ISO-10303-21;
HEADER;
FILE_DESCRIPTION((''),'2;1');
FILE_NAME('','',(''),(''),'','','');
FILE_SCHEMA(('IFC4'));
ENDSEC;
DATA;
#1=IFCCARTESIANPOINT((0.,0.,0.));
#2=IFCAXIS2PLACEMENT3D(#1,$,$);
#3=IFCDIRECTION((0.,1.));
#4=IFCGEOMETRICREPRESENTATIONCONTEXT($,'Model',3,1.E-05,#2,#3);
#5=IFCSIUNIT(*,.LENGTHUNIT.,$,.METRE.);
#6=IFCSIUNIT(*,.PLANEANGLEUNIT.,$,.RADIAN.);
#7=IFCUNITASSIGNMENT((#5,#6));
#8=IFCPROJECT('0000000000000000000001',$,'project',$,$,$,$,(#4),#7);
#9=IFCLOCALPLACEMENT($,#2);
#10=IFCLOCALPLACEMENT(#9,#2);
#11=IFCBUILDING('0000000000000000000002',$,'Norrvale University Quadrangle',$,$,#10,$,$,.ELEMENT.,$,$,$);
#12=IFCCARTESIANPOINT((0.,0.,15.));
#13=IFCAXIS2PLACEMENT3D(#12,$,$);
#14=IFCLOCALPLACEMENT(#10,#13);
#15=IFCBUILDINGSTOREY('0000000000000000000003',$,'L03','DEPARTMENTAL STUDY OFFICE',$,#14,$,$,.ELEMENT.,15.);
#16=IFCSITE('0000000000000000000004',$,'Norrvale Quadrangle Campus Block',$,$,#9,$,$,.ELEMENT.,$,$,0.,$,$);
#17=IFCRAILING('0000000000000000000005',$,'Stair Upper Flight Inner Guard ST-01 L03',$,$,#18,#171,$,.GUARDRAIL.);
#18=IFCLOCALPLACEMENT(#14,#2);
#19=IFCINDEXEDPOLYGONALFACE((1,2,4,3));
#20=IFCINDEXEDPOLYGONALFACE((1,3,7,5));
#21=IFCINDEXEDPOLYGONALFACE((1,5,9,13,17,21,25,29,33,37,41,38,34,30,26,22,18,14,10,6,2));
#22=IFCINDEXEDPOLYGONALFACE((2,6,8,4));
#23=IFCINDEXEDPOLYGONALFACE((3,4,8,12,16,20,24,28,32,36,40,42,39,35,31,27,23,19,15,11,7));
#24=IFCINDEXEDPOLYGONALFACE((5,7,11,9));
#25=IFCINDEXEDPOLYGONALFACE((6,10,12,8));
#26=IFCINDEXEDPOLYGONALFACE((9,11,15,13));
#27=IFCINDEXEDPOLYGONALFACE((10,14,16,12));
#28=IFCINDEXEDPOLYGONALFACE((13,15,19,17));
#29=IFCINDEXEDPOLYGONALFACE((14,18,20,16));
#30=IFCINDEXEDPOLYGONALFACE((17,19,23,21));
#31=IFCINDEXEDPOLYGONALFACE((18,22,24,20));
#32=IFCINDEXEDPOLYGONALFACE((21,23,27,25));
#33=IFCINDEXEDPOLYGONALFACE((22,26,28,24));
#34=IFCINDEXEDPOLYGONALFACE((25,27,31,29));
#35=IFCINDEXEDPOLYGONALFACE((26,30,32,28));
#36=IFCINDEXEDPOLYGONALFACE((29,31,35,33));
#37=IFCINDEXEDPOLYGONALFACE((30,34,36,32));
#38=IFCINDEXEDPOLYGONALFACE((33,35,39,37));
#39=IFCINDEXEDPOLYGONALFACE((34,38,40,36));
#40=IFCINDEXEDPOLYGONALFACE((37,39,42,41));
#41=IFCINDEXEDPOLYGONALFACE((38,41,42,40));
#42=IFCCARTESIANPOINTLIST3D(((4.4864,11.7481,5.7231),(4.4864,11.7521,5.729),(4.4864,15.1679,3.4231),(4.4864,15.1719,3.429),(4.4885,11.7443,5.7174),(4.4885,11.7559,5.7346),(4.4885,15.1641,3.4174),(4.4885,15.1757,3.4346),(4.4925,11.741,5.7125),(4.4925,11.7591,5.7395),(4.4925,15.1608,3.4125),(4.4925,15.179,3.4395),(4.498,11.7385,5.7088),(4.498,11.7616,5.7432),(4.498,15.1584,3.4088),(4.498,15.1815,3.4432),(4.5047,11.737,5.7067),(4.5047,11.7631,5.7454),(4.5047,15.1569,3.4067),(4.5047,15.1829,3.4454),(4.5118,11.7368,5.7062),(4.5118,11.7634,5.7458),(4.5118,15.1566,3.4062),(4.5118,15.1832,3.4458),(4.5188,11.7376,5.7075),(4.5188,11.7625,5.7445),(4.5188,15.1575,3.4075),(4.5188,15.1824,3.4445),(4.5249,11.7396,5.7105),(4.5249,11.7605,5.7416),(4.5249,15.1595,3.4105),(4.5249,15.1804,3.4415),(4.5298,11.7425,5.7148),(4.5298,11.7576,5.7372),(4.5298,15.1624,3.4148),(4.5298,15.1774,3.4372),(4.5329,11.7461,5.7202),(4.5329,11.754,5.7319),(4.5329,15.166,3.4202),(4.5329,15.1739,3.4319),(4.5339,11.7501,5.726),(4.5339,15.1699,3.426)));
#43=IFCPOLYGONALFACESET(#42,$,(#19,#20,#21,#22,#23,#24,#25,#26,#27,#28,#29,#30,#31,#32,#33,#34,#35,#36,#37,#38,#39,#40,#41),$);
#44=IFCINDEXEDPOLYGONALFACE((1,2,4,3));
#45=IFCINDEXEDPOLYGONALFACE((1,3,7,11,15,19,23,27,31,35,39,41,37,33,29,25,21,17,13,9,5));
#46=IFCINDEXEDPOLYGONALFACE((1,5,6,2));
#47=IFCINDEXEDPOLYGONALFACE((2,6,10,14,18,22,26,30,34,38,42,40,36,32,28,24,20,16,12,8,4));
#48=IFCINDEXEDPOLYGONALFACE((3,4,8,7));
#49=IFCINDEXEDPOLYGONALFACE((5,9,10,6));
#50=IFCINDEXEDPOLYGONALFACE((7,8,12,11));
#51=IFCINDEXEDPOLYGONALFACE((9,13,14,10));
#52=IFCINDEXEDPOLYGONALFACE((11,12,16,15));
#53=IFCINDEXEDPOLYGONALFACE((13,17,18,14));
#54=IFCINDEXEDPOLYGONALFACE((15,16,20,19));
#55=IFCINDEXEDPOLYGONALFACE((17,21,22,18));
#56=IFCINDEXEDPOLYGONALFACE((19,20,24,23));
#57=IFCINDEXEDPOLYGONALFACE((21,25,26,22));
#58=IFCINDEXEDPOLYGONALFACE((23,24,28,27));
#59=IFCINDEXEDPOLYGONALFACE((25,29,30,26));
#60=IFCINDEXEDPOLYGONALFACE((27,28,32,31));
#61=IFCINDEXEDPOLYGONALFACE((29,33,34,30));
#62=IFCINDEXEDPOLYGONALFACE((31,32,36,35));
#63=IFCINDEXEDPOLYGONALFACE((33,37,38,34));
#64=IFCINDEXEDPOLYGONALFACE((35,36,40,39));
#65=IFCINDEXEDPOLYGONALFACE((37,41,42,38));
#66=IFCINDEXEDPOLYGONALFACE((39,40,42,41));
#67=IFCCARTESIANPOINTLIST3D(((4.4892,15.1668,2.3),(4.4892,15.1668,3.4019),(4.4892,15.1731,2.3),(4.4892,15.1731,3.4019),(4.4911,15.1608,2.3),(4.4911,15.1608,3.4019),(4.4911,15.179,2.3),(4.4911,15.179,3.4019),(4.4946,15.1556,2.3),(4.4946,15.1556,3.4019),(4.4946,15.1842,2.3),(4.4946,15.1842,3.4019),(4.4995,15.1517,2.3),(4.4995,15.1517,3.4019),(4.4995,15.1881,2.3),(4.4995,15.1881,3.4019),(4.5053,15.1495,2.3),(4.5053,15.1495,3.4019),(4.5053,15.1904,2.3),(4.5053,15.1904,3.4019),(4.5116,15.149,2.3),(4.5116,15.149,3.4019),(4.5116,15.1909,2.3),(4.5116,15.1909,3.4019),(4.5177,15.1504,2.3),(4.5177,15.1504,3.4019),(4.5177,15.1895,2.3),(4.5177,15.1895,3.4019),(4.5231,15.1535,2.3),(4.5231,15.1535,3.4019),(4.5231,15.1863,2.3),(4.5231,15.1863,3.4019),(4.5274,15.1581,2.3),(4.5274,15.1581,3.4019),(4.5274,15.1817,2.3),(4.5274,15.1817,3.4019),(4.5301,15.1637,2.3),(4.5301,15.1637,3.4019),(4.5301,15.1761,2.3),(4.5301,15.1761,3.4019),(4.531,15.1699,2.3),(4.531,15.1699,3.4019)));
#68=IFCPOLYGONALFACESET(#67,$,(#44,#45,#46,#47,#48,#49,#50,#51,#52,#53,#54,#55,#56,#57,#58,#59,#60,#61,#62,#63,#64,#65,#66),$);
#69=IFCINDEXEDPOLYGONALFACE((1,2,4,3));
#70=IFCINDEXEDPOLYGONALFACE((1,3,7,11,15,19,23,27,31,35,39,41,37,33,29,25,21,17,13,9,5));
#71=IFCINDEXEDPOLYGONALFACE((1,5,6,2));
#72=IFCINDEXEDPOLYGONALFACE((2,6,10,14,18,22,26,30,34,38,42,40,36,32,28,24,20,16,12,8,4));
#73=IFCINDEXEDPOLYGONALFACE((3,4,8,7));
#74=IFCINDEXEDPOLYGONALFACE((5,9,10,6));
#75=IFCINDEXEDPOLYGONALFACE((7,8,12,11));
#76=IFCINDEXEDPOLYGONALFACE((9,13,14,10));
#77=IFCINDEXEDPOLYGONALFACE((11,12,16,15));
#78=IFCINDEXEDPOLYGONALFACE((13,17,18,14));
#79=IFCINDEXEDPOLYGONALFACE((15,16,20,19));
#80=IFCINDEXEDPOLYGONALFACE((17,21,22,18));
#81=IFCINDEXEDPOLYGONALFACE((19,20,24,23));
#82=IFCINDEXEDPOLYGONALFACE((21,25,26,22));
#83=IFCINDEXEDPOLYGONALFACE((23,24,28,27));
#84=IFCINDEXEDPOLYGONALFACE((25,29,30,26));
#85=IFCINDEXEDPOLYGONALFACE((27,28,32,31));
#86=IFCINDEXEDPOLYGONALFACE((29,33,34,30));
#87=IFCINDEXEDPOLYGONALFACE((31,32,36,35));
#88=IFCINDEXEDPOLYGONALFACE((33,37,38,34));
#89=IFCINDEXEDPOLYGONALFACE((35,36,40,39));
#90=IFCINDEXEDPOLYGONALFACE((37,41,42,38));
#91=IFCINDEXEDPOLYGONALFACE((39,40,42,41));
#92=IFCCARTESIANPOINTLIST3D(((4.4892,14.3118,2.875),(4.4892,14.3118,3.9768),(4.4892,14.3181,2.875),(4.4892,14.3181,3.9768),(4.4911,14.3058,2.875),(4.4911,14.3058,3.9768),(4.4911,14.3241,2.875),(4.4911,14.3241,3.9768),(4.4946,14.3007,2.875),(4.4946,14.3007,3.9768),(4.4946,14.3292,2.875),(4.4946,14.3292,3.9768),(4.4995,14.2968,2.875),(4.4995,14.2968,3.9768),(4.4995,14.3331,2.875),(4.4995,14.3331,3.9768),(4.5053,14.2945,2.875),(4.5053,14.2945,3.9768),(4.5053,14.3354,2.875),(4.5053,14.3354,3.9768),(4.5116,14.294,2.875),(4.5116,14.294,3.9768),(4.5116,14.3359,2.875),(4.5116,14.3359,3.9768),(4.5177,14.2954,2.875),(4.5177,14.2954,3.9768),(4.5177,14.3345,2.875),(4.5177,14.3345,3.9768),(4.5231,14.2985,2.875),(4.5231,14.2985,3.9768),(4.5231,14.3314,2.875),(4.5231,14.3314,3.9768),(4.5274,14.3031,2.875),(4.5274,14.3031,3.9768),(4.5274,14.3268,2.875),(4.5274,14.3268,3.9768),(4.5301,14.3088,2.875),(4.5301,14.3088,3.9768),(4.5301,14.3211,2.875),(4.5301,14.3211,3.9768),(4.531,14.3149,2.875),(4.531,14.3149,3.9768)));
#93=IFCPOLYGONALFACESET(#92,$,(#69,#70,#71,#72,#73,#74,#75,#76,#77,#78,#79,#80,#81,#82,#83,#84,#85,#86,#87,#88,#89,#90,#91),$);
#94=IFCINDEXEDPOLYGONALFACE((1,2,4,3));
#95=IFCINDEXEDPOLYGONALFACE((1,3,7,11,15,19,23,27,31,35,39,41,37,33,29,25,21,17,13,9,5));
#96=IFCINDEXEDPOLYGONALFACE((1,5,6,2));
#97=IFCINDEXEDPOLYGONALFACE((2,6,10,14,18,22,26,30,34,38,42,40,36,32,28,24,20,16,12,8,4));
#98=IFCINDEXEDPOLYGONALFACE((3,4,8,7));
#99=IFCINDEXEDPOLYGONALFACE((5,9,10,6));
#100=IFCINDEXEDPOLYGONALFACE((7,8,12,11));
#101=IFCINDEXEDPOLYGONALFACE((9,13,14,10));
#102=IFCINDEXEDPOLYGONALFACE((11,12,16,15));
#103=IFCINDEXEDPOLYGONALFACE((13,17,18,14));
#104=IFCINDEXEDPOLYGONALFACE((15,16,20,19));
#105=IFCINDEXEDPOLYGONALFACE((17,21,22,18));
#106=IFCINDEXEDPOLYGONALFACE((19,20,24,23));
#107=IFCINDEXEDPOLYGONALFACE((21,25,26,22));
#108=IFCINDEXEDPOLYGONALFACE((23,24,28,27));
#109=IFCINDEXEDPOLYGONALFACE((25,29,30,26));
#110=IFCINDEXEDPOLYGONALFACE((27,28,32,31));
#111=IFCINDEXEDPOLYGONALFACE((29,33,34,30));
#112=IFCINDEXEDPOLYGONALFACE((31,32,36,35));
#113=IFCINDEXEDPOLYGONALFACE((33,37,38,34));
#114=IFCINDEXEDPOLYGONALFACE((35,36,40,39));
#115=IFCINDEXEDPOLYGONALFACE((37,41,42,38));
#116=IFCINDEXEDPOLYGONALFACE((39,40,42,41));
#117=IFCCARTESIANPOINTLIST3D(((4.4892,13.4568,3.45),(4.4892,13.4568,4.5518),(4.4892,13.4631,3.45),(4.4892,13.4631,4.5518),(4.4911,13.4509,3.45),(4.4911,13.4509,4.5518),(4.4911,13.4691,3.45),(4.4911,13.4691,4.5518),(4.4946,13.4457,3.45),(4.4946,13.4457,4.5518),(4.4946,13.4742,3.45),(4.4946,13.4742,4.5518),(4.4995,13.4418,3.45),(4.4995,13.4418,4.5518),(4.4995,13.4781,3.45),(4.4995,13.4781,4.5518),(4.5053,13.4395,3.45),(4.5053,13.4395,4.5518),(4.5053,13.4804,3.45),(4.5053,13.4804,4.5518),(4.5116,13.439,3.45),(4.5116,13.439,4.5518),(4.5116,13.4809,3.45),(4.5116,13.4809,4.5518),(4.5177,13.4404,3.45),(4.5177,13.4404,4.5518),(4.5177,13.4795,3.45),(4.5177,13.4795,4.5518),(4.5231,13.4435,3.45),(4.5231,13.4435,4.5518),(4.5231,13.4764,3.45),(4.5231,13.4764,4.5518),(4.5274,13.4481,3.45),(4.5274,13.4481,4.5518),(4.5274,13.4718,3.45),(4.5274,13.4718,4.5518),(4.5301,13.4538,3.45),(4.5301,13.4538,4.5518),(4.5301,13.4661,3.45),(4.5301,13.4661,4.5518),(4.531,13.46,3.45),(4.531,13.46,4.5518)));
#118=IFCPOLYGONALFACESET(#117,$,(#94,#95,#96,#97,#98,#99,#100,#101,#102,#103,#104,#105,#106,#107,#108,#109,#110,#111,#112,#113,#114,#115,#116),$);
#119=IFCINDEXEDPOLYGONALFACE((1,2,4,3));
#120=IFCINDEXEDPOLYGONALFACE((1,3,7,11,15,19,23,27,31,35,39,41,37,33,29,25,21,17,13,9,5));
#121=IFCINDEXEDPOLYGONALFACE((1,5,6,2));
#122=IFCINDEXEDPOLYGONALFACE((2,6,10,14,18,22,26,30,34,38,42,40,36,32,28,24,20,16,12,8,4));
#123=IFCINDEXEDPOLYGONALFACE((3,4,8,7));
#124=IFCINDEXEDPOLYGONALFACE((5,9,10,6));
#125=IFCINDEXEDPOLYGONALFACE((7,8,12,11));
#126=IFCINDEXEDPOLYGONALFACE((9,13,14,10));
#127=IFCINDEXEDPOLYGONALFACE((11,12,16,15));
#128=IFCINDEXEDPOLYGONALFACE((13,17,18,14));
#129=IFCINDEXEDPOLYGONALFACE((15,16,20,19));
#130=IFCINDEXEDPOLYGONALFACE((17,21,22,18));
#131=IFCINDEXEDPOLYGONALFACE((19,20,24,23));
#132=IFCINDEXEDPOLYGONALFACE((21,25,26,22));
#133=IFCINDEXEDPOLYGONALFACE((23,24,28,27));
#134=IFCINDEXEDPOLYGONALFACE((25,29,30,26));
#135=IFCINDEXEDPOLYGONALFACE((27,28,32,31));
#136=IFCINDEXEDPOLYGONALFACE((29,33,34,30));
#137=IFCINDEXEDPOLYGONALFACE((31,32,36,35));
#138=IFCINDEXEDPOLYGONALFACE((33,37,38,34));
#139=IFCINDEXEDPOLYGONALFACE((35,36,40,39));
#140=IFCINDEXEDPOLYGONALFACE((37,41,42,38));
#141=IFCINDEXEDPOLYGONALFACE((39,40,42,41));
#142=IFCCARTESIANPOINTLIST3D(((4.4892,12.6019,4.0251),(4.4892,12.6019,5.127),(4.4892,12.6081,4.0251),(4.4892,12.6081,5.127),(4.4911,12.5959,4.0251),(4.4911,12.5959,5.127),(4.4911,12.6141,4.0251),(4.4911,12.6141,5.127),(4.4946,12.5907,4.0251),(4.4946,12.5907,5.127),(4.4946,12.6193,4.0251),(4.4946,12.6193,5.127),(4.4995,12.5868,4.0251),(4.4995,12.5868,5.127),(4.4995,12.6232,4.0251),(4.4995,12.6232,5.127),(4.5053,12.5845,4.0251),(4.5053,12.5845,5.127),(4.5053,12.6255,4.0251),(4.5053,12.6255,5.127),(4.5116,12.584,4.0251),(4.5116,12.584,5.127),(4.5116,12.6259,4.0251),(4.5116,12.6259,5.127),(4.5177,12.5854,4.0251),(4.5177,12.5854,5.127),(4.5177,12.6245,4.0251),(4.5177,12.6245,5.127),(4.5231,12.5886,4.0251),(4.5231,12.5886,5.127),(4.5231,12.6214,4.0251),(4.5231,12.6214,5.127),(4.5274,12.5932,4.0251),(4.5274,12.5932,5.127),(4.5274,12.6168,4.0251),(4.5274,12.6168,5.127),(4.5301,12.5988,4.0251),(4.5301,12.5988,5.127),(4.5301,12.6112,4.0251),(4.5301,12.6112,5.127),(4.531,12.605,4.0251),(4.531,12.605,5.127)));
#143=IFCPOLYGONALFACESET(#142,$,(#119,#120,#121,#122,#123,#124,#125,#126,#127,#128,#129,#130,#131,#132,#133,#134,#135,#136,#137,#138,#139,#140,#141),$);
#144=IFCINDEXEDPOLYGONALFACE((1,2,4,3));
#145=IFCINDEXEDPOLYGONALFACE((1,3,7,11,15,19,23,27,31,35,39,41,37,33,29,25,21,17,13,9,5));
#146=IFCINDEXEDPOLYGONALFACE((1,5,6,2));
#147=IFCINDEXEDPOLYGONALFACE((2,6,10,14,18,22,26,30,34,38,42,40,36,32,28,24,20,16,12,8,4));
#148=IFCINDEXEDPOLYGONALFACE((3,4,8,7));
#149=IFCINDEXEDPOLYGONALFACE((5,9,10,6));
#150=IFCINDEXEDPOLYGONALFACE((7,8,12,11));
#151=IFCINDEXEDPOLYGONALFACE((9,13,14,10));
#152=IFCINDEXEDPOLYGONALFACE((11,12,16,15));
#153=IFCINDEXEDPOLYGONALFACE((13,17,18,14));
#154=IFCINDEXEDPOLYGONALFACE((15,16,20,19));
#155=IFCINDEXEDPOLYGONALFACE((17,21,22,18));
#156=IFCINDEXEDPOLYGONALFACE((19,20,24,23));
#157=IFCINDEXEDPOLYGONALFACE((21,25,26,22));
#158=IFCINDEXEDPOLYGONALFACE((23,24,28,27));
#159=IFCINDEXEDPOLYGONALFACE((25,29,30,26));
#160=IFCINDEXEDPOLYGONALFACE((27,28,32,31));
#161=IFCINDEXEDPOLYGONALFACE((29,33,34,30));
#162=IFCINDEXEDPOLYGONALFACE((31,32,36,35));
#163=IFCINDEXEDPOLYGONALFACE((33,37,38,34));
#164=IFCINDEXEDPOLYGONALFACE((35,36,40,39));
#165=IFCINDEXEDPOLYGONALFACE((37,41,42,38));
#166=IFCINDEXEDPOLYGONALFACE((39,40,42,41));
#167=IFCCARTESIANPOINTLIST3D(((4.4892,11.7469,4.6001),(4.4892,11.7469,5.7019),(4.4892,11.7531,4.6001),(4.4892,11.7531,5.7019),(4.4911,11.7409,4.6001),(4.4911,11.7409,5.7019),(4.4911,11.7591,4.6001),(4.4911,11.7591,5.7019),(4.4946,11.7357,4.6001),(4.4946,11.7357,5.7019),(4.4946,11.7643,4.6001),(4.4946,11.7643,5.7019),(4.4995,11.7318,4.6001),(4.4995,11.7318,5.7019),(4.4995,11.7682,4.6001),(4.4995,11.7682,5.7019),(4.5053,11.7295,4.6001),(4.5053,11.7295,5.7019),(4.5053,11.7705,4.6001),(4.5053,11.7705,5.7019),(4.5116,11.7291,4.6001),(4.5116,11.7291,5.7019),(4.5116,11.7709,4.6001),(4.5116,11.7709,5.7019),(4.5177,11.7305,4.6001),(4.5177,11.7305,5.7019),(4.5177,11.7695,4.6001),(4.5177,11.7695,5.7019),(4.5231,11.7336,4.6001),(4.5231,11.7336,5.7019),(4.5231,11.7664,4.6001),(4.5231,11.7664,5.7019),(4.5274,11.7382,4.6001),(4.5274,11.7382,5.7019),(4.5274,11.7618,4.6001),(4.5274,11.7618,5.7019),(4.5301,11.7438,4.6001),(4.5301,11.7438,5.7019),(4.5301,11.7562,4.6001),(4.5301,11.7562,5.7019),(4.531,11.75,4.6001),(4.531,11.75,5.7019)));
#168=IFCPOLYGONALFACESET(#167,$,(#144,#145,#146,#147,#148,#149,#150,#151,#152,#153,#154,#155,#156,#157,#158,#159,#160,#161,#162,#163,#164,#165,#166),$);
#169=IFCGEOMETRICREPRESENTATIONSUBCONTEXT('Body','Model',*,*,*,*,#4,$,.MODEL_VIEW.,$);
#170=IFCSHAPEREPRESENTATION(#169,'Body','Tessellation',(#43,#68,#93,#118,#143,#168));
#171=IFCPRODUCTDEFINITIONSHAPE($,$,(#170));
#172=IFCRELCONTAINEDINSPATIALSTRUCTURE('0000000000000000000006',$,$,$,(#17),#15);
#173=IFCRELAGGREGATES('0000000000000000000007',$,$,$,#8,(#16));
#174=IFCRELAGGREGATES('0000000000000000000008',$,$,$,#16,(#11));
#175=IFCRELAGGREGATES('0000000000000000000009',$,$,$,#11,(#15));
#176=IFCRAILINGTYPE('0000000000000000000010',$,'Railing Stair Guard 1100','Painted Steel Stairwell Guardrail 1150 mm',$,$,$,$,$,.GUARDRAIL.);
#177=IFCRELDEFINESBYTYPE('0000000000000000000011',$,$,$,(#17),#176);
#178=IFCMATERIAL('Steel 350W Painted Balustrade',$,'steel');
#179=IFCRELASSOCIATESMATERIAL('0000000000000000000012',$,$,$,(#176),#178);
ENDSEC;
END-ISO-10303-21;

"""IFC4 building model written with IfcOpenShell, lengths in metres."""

from ifc_helpers import new_model, si_unit, direction, frame, origin, origin_2d, place, context, subcontext, project, spatial, circle, extrude, material, type_object, element, save


model = new_model("IFC4")

# Units and contexts
model_context = context("Model", 3, precision=1e-05, world=origin(), true_north=direction((0.0, 1.0)))
body_context = subcontext(model_context, "Body", "Model", "MODEL_VIEW")
ifc_project = project(units=[si_unit("LENGTHUNIT", "METRE"), si_unit("PLANEANGLEUNIT", "RADIAN")], contexts=[model_context])

# Site, building, storey
site_placement = place(None, origin())
site = spatial("IfcSite", under=ifc_project, at=site_placement, Name="Norrvale Quadrangle Campus Block", CompositionType="ELEMENT", RefElevation=0.0)
building_placement = place(site_placement, origin())
building = spatial("IfcBuilding", under=site, at=building_placement, Name="Norrvale University Quadrangle", CompositionType="ELEMENT")
storey_placement = place(building_placement, frame((0.0, 0.0, 15.0)))
storey = spatial("IfcBuildingStorey", under=building, at=storey_placement, Name="L03", Description="DEPARTMENTAL STUDY OFFICE", CompositionType="ELEMENT", Elevation=15.0)

# Railing
ifc_material_1 = material(Name="Steel 350W Painted Balustrade", Category="steel")
railing_type_1 = type_object("IfcRailingType", Name="Railing Stair Guard 1100", Description="Painted Steel Stairwell Guardrail 1150 mm", PredefinedType="GUARDRAIL", material=ifc_material_1)
railing_1_placement = place(storey_placement, frame((4.51, 15.1699, 2.3)))
element("IfcRailing", 1, at=railing_1_placement, inside=storey, type_object=railing_type_1, Name="Stair Upper Flight Inner Guard ST-01 L03", PredefinedType="GUARDRAIL", context=body_context, shape_type="SweptSolid", body=[
    extrude(circle(Radius=0.0239, at=origin_2d()), frame((0.0, 0.0, 1.126), z_axis=(0.0, -0.829792, 0.558072), x_axis=(1.0, 0.0, 0.0)), (0.0, 0.0, 1.0), 4.1213),
    extrude(circle(Radius=0.021, at=origin_2d()), origin(), (0.0, 0.0, 1.0), 1.1018),
    extrude(circle(Radius=0.021, at=origin_2d()), frame((0.0, -0.855, 0.575)), (0.0, 0.0, 1.0), 1.1018),
    extrude(circle(Radius=0.021, at=origin_2d()), frame((0.0, -1.71, 1.1499)), (0.0, 0.0, 1.0), 1.1018),
    extrude(circle(Radius=0.021, at=origin_2d()), frame((0.0, -2.5649, 1.7251)), (0.0, 0.0, 1.0), 1.1018),
    extrude(circle(Radius=0.021, at=origin_2d()), frame((0.0, -3.4199, 2.3)), (0.0, 0.0, 1.0), 1.1018),
])

save(model, "model.ifc")
